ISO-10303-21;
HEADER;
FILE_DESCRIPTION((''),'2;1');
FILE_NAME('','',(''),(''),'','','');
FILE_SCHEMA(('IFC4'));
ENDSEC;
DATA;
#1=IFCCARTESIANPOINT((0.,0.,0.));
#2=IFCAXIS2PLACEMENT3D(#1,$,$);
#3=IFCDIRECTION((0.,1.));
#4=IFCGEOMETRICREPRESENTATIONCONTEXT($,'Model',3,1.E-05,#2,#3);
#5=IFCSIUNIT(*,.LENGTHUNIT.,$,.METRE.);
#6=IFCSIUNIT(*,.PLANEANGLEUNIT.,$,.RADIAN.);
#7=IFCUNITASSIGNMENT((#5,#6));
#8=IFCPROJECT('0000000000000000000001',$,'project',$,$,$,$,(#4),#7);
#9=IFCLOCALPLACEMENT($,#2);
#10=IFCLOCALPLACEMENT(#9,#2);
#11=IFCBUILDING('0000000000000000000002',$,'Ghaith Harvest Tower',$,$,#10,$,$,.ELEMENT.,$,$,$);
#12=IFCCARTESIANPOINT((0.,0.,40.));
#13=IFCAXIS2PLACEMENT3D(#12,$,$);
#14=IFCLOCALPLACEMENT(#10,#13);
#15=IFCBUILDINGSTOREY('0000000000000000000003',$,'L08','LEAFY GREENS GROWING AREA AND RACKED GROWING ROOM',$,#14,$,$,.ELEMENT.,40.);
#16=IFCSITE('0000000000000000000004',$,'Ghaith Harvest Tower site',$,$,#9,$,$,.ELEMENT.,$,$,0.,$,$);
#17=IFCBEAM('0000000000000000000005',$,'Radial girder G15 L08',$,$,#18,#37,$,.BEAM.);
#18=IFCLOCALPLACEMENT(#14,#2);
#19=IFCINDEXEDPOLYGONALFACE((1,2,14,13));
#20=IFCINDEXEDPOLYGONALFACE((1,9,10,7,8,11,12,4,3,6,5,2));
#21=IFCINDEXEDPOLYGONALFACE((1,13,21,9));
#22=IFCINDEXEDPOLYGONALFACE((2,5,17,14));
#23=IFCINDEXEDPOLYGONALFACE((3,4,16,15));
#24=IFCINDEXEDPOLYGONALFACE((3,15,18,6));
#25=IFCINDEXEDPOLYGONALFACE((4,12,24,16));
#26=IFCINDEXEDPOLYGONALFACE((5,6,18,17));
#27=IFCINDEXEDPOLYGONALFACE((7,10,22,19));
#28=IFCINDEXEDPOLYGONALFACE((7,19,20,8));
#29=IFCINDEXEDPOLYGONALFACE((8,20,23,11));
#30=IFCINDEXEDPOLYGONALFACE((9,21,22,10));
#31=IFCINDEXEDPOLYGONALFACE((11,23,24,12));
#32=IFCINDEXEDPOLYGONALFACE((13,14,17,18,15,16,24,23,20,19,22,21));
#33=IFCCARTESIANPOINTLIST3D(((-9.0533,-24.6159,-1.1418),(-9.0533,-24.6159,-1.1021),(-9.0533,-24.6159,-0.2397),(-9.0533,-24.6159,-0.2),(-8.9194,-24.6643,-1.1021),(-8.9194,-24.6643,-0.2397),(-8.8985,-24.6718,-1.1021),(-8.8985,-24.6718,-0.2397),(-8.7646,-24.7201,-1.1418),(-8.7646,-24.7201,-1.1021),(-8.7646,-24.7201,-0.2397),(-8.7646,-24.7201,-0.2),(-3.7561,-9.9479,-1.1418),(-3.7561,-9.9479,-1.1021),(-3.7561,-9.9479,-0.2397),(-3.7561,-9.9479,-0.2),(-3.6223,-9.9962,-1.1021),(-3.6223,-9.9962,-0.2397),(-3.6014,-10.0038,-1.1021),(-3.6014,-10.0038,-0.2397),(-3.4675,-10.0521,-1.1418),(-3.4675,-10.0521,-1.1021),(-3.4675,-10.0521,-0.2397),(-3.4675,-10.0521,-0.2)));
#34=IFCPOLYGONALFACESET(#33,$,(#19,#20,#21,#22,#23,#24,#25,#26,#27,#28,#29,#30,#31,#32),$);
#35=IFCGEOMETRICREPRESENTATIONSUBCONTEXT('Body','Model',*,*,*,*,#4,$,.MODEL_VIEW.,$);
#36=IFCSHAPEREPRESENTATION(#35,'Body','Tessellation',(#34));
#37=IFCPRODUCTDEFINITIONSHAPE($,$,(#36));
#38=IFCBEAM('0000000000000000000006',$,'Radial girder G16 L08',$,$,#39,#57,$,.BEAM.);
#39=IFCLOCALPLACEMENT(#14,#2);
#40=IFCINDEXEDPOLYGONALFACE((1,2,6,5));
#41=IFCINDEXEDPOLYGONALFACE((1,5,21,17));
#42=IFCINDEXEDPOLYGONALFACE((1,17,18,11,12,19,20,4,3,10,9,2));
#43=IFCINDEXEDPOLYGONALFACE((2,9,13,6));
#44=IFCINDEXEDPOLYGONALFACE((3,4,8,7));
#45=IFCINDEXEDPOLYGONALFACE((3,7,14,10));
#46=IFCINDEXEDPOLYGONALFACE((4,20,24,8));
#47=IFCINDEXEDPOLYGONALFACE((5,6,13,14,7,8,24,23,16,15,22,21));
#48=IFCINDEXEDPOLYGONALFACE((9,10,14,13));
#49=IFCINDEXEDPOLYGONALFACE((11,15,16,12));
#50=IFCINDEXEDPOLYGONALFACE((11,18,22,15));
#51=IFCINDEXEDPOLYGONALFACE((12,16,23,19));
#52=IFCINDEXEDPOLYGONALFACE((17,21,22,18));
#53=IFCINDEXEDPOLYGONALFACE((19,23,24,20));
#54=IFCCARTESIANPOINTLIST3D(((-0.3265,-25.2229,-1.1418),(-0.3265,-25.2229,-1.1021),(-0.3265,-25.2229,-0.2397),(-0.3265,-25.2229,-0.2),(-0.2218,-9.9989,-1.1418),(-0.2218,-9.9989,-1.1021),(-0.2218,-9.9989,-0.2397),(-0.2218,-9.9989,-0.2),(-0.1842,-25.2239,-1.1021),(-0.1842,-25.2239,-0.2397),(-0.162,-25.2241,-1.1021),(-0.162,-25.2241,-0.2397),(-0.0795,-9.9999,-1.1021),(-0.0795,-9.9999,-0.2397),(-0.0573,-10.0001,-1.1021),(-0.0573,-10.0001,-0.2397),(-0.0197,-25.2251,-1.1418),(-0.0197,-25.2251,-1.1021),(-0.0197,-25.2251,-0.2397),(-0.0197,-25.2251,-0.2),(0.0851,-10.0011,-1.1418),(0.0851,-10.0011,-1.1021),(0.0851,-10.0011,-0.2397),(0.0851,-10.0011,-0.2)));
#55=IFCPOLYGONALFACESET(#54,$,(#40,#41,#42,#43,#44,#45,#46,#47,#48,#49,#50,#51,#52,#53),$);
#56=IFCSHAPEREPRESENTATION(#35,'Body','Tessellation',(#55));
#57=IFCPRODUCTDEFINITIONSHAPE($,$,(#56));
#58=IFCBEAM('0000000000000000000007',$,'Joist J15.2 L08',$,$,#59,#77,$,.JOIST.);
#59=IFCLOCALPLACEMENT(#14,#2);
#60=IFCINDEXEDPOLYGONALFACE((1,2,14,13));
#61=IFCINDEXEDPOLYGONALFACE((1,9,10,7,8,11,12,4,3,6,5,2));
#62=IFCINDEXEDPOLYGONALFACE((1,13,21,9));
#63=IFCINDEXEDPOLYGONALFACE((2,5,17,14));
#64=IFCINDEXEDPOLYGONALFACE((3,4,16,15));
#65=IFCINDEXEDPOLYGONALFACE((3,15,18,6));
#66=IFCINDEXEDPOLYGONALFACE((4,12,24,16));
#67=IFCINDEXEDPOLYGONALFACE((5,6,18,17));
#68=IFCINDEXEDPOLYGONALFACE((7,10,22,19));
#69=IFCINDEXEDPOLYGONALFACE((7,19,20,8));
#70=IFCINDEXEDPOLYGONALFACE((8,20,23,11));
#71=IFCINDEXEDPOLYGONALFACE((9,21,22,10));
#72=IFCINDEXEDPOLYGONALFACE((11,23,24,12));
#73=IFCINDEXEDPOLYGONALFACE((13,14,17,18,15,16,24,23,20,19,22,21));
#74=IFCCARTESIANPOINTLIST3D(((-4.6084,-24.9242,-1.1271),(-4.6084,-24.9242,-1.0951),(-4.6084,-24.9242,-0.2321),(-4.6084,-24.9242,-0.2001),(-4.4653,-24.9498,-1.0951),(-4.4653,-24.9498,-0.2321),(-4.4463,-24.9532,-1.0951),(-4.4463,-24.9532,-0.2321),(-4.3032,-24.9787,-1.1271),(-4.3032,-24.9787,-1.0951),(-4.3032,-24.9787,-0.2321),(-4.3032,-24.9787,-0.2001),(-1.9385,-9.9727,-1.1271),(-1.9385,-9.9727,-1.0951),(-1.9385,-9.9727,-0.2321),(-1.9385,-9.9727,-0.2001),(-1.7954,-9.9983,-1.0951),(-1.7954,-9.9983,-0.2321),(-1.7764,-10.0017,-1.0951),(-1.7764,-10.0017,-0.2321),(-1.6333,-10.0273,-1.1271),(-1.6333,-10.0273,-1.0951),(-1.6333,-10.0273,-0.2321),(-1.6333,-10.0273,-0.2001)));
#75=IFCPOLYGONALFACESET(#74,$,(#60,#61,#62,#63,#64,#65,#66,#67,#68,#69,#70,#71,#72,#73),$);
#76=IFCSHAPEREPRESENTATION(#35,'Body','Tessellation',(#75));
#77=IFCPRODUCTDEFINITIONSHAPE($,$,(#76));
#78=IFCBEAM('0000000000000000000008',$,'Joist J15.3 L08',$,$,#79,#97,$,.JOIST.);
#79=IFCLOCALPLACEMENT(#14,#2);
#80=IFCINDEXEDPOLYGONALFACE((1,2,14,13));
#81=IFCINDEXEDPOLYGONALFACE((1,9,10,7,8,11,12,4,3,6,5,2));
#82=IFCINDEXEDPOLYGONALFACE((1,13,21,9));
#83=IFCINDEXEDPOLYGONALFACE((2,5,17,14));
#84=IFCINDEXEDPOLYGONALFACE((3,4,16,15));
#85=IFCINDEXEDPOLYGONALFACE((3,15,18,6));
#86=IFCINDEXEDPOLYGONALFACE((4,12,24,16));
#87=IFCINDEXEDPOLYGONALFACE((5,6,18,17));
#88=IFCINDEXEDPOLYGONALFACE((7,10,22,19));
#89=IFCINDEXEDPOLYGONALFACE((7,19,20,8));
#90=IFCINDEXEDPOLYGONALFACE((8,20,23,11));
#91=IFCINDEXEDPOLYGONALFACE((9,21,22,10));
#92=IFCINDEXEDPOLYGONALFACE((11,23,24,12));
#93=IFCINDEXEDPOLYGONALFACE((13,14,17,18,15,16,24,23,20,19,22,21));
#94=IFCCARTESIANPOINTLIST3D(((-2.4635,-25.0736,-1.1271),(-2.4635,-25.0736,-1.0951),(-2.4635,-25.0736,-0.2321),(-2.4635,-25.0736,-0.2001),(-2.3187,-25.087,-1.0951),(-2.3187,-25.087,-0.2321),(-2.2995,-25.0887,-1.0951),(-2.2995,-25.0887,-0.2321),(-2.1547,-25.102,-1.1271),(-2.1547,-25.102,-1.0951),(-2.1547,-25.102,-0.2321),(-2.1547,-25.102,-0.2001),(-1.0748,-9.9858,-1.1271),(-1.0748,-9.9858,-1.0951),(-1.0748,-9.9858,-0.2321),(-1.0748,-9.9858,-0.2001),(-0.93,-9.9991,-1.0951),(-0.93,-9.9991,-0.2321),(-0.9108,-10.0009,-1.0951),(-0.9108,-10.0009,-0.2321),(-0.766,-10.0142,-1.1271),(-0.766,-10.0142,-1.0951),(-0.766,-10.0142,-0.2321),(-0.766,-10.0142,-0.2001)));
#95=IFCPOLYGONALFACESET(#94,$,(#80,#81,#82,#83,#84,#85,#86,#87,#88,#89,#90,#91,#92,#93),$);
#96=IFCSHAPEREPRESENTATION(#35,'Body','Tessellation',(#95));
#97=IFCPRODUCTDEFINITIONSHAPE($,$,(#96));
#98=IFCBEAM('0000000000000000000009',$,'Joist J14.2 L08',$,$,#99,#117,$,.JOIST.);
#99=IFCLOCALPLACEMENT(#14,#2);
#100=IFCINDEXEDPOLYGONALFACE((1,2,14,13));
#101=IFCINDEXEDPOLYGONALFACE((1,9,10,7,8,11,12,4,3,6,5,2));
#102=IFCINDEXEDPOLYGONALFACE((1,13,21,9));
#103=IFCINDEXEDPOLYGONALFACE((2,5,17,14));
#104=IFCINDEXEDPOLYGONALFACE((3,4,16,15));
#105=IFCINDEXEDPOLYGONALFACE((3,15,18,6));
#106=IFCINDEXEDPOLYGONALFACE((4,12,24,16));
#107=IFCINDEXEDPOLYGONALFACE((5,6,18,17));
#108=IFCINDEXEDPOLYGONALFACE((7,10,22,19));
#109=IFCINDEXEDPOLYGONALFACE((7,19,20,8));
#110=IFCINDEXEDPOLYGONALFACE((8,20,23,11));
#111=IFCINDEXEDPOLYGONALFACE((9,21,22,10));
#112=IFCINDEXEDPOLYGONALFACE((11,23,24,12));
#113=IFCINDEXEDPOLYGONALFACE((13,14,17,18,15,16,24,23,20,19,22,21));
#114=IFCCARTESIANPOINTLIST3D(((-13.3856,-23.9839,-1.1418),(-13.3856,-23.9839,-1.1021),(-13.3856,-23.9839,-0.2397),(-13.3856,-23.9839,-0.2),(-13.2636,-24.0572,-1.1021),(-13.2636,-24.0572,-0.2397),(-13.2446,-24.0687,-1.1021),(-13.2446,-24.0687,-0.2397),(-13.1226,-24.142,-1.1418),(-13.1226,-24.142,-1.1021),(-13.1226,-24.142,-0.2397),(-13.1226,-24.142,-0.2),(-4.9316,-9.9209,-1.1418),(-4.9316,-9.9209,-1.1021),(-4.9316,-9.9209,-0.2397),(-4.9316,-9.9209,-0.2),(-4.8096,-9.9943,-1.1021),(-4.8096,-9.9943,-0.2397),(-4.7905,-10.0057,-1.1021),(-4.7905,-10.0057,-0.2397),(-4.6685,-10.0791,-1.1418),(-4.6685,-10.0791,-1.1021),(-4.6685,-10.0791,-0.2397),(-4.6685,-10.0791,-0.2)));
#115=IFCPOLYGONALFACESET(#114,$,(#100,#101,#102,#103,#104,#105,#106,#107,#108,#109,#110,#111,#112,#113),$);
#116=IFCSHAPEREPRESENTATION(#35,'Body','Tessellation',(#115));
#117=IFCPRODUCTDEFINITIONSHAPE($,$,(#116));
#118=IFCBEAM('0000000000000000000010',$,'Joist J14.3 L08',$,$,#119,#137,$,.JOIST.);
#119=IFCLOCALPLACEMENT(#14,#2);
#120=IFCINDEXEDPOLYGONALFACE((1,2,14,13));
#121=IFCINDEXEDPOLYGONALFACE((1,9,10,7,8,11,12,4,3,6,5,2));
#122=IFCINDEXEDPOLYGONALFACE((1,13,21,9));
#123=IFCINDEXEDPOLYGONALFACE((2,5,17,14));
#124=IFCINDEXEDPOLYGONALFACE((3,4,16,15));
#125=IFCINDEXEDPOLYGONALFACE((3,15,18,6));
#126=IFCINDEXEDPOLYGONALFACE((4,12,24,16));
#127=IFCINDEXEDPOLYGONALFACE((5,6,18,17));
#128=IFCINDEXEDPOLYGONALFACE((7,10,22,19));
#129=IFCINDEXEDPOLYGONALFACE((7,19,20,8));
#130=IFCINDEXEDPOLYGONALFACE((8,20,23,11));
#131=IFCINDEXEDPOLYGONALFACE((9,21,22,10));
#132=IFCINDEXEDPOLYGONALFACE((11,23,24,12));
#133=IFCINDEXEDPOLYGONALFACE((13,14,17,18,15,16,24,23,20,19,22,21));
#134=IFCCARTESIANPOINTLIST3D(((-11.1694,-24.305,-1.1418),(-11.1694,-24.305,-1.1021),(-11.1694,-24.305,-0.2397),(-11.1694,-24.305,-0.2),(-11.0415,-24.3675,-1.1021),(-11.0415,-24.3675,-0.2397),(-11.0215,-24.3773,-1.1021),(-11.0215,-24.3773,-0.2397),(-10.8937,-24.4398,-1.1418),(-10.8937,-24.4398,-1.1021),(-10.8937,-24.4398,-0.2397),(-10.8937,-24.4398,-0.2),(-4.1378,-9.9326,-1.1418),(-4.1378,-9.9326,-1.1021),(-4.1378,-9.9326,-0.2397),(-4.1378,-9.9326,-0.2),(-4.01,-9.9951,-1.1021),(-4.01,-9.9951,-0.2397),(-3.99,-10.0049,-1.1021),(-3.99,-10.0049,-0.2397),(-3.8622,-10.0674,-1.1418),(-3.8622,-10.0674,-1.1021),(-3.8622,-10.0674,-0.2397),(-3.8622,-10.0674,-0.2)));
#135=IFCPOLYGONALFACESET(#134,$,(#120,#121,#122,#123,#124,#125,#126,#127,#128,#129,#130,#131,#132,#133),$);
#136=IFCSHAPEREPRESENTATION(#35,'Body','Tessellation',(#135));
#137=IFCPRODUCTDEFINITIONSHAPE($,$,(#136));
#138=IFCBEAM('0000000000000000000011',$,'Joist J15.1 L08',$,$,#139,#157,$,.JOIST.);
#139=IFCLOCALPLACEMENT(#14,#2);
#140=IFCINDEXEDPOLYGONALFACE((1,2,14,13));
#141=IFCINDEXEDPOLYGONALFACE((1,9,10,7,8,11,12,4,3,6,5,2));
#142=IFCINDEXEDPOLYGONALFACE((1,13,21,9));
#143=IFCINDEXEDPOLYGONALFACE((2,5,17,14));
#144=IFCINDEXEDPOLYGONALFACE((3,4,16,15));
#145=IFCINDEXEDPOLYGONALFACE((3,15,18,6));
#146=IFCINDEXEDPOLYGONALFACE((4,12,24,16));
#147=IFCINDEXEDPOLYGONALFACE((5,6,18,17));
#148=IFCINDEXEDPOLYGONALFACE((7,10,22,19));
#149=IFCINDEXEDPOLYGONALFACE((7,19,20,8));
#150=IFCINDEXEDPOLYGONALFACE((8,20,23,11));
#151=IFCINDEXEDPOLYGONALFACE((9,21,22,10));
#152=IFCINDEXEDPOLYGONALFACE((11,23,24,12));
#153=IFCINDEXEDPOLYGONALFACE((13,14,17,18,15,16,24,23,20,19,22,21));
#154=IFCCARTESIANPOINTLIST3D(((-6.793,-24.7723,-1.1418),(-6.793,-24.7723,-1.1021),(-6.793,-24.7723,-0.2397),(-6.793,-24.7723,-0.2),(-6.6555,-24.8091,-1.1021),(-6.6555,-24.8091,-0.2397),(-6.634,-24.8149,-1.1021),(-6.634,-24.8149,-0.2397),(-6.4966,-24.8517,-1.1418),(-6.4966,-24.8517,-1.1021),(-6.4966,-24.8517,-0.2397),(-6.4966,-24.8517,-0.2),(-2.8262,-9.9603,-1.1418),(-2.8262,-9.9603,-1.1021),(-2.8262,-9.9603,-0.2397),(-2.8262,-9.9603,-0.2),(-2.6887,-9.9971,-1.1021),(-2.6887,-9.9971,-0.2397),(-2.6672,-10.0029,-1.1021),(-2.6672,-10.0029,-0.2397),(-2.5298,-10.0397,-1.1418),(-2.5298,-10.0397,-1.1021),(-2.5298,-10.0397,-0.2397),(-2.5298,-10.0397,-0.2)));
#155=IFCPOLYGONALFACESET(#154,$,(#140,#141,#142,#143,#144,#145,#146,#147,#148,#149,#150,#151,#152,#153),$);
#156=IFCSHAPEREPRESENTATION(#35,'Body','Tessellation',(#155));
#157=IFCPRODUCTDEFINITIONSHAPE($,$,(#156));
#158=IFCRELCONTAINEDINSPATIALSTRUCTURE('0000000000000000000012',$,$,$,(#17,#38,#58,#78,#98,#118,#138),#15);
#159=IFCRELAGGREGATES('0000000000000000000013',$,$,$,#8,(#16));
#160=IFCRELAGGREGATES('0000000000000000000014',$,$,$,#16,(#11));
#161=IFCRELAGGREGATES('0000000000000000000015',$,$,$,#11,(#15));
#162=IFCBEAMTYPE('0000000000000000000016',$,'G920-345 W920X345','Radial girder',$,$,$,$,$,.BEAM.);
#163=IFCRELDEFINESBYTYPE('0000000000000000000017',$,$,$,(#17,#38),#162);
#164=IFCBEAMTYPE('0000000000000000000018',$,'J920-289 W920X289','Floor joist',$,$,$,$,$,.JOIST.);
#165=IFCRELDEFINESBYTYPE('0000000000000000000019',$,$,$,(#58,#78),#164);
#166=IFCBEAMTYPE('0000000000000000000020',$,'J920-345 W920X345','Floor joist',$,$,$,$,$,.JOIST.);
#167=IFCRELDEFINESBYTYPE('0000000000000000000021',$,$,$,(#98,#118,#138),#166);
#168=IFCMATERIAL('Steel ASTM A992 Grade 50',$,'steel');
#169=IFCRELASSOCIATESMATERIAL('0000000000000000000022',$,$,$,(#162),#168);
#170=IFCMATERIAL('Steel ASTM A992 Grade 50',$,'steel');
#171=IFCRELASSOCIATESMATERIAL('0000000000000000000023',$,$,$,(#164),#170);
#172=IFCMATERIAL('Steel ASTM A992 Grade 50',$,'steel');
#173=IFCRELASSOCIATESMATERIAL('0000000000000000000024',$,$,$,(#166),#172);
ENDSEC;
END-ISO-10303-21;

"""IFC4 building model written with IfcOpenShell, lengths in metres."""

from ifc_helpers import new_model, si_unit, direction, frame, origin, origin_2d, place, context, subcontext, project, spatial, i_section, extrude, material, material_profile, profile_set, type_object, element, save


model = new_model("IFC4")

# Units and contexts
model_context = context("Model", 3, precision=1e-05, world=origin(), true_north=direction((0.0, 1.0)))
body_context = subcontext(model_context, "Body", "Model", "MODEL_VIEW")
ifc_project = project(units=[si_unit("LENGTHUNIT", "METRE"), si_unit("PLANEANGLEUNIT", "RADIAN")], contexts=[model_context])

# Site, building, storey
site_placement = place(None, origin())
site = spatial("IfcSite", under=ifc_project, at=site_placement, Name="Ghaith Harvest Tower site", CompositionType="ELEMENT", RefElevation=0.0)
building_placement = place(site_placement, origin())
building = spatial("IfcBuilding", under=site, at=building_placement, Name="Ghaith Harvest Tower", CompositionType="ELEMENT")
storey_placement = place(building_placement, frame((0.0, 0.0, 40.0)))
storey = spatial("IfcBuildingStorey", under=building, at=storey_placement, Name="L08", Description="LEAFY GREENS GROWING AREA AND RACKED GROWING ROOM", CompositionType="ELEMENT", Elevation=40.0)

# Beams
ifc_material_1 = material(Name="Steel ASTM A992 Grade 50", Category="steel")
ifc_material_profile_1 = material_profile(ifc_material_1, i_section(OverallWidth=0.3069, OverallDepth=0.9419, WebThickness=0.0222, FlangeThickness=0.0398, at=origin_2d()), Name="W920X345")
ifc_profile_set_1 = profile_set([ifc_material_profile_1], Name="Steel ASTM A992 Grade 50")
beam_type_1 = type_object("IfcBeamType", Name="G920-345 W920X345", Description="Radial girder", PredefinedType="BEAM", material=ifc_profile_set_1)
beam_1_placement = place(storey_placement, frame((-3.6118, -10.0, -0.6709), z_axis=(-0.339664, -0.940547, 0.0), x_axis=(0.940547, -0.339664, 0.0)))
element("IfcBeam", 1, at=beam_1_placement, inside=storey, type_object=beam_type_1, Name="Radial girder G15 L08", PredefinedType="BEAM", context=body_context, shape_type="SweptSolid", body=[
    extrude(i_section(OverallWidth=0.3069, OverallDepth=0.9419, WebThickness=0.0222, FlangeThickness=0.0398, at=origin_2d()), origin(), (0.0, 0.0, 1.0), 15.5952),
])
beam_2_placement = place(storey_placement, frame((-0.0684, -10.0, -0.6709), z_axis=(-0.006879, -0.999976, 0.0), x_axis=(0.999976, -0.006879, 0.0)))
element("IfcBeam", 2, at=beam_2_placement, inside=storey, type_object=beam_type_1, Name="Radial girder G16 L08", PredefinedType="BEAM", context=body_context, shape_type="SweptSolid", body=[
    extrude(i_section(OverallWidth=0.3069, OverallDepth=0.9419, WebThickness=0.0222, FlangeThickness=0.0398, at=origin_2d()), origin(), (0.0, 0.0, 1.0), 15.2244),
])
ifc_material_2 = material(Name="Steel ASTM A992 Grade 50", Category="steel")
ifc_material_profile_2 = material_profile(ifc_material_2, i_section(OverallWidth=0.3101, OverallDepth=0.927, WebThickness=0.0193, FlangeThickness=0.032, at=origin_2d()), Name="W920X289")
ifc_profile_set_2 = profile_set([ifc_material_profile_2], Name="Steel ASTM A992 Grade 50")
beam_type_2 = type_object("IfcBeamType", Name="J920-289 W920X289", Description="Floor joist", PredefinedType="JOIST", material=ifc_profile_set_2)
beam_3_placement = place(storey_placement, frame((-1.7859, -10.0, -0.6636), z_axis=(-0.175792, -0.984427, 0.0), x_axis=(0.984427, -0.175792, 0.0)))
element("IfcBeam", 3, at=beam_3_placement, inside=storey, type_object=beam_type_2, Name="Joist J15.2 L08", PredefinedType="JOIST", context=body_context, shape_type="SweptSolid", body=[
    extrude(i_section(OverallWidth=0.3101, OverallDepth=0.927, WebThickness=0.0193, FlangeThickness=0.032, at=origin_2d()), origin(), (0.0, 0.0, 1.0), 15.188),
])
beam_4_placement = place(storey_placement, frame((-0.9204, -10.0, -0.6636), z_axis=(-0.091651, -0.995791, 0.0), x_axis=(0.995791, -0.091651, 0.0)))
element("IfcBeam", 4, at=beam_4_placement, inside=storey, type_object=beam_type_2, Name="Joist J15.3 L08", PredefinedType="JOIST", context=body_context, shape_type="SweptSolid", body=[
    extrude(i_section(OverallWidth=0.3101, OverallDepth=0.927, WebThickness=0.0193, FlangeThickness=0.032, at=origin_2d()), origin(), (0.0, 0.0, 1.0), 15.1516),
])
ifc_material_3 = material(Name="Steel ASTM A992 Grade 50", Category="steel")
ifc_material_profile_3 = material_profile(ifc_material_3, i_section(OverallWidth=0.3069, OverallDepth=0.9419, WebThickness=0.0222, FlangeThickness=0.0398, at=origin_2d()), Name="W920X345")
ifc_profile_set_3 = profile_set([ifc_material_profile_3], Name="Steel ASTM A992 Grade 50")
beam_type_3 = type_object("IfcBeamType", Name="J920-345 W920X345", Description="Floor joist", PredefinedType="JOIST", material=ifc_profile_set_3)
beam_5_placement = place(storey_placement, frame((-4.8, -10.0, -0.6709), z_axis=(-0.515226, -0.857054, 0.0), x_axis=(0.857054, -0.515226, 0.0)))
element("IfcBeam", 5, at=beam_5_placement, inside=storey, type_object=beam_type_3, Name="Joist J14.2 L08", PredefinedType="JOIST", context=body_context, shape_type="SweptSolid", body=[
    extrude(i_section(OverallWidth=0.3069, OverallDepth=0.9419, WebThickness=0.0222, FlangeThickness=0.0398, at=origin_2d()), origin(), (0.0, 0.0, 1.0), 16.4084),
])
beam_6_placement = place(storey_placement, frame((-4.0, -10.0, -0.6709), z_axis=(-0.439464, -0.89826, 0.0), x_axis=(0.89826, -0.439464, 0.0)))
element("IfcBeam", 6, at=beam_6_placement, inside=storey, type_object=beam_type_3, Name="Joist J14.3 L08", PredefinedType="JOIST", context=body_context, shape_type="SweptSolid", body=[
    extrude(i_section(OverallWidth=0.3069, OverallDepth=0.9419, WebThickness=0.0222, FlangeThickness=0.0398, at=origin_2d()), origin(), (0.0, 0.0, 1.0), 16.0002),
])
beam_7_placement = place(storey_placement, frame((-2.678, -10.0, -0.6709), z_axis=(-0.258693, -0.96596, 0.0), x_axis=(0.96596, -0.258693, 0.0)))
element("IfcBeam", 7, at=beam_7_placement, inside=storey, type_object=beam_type_3, Name="Joist J15.1 L08", PredefinedType="JOIST", context=body_context, shape_type="SweptSolid", body=[
    extrude(i_section(OverallWidth=0.3069, OverallDepth=0.9419, WebThickness=0.0222, FlangeThickness=0.0398, at=origin_2d()), origin(), (0.0, 0.0, 1.0), 15.334),
])

save(model, "model.ifc")
